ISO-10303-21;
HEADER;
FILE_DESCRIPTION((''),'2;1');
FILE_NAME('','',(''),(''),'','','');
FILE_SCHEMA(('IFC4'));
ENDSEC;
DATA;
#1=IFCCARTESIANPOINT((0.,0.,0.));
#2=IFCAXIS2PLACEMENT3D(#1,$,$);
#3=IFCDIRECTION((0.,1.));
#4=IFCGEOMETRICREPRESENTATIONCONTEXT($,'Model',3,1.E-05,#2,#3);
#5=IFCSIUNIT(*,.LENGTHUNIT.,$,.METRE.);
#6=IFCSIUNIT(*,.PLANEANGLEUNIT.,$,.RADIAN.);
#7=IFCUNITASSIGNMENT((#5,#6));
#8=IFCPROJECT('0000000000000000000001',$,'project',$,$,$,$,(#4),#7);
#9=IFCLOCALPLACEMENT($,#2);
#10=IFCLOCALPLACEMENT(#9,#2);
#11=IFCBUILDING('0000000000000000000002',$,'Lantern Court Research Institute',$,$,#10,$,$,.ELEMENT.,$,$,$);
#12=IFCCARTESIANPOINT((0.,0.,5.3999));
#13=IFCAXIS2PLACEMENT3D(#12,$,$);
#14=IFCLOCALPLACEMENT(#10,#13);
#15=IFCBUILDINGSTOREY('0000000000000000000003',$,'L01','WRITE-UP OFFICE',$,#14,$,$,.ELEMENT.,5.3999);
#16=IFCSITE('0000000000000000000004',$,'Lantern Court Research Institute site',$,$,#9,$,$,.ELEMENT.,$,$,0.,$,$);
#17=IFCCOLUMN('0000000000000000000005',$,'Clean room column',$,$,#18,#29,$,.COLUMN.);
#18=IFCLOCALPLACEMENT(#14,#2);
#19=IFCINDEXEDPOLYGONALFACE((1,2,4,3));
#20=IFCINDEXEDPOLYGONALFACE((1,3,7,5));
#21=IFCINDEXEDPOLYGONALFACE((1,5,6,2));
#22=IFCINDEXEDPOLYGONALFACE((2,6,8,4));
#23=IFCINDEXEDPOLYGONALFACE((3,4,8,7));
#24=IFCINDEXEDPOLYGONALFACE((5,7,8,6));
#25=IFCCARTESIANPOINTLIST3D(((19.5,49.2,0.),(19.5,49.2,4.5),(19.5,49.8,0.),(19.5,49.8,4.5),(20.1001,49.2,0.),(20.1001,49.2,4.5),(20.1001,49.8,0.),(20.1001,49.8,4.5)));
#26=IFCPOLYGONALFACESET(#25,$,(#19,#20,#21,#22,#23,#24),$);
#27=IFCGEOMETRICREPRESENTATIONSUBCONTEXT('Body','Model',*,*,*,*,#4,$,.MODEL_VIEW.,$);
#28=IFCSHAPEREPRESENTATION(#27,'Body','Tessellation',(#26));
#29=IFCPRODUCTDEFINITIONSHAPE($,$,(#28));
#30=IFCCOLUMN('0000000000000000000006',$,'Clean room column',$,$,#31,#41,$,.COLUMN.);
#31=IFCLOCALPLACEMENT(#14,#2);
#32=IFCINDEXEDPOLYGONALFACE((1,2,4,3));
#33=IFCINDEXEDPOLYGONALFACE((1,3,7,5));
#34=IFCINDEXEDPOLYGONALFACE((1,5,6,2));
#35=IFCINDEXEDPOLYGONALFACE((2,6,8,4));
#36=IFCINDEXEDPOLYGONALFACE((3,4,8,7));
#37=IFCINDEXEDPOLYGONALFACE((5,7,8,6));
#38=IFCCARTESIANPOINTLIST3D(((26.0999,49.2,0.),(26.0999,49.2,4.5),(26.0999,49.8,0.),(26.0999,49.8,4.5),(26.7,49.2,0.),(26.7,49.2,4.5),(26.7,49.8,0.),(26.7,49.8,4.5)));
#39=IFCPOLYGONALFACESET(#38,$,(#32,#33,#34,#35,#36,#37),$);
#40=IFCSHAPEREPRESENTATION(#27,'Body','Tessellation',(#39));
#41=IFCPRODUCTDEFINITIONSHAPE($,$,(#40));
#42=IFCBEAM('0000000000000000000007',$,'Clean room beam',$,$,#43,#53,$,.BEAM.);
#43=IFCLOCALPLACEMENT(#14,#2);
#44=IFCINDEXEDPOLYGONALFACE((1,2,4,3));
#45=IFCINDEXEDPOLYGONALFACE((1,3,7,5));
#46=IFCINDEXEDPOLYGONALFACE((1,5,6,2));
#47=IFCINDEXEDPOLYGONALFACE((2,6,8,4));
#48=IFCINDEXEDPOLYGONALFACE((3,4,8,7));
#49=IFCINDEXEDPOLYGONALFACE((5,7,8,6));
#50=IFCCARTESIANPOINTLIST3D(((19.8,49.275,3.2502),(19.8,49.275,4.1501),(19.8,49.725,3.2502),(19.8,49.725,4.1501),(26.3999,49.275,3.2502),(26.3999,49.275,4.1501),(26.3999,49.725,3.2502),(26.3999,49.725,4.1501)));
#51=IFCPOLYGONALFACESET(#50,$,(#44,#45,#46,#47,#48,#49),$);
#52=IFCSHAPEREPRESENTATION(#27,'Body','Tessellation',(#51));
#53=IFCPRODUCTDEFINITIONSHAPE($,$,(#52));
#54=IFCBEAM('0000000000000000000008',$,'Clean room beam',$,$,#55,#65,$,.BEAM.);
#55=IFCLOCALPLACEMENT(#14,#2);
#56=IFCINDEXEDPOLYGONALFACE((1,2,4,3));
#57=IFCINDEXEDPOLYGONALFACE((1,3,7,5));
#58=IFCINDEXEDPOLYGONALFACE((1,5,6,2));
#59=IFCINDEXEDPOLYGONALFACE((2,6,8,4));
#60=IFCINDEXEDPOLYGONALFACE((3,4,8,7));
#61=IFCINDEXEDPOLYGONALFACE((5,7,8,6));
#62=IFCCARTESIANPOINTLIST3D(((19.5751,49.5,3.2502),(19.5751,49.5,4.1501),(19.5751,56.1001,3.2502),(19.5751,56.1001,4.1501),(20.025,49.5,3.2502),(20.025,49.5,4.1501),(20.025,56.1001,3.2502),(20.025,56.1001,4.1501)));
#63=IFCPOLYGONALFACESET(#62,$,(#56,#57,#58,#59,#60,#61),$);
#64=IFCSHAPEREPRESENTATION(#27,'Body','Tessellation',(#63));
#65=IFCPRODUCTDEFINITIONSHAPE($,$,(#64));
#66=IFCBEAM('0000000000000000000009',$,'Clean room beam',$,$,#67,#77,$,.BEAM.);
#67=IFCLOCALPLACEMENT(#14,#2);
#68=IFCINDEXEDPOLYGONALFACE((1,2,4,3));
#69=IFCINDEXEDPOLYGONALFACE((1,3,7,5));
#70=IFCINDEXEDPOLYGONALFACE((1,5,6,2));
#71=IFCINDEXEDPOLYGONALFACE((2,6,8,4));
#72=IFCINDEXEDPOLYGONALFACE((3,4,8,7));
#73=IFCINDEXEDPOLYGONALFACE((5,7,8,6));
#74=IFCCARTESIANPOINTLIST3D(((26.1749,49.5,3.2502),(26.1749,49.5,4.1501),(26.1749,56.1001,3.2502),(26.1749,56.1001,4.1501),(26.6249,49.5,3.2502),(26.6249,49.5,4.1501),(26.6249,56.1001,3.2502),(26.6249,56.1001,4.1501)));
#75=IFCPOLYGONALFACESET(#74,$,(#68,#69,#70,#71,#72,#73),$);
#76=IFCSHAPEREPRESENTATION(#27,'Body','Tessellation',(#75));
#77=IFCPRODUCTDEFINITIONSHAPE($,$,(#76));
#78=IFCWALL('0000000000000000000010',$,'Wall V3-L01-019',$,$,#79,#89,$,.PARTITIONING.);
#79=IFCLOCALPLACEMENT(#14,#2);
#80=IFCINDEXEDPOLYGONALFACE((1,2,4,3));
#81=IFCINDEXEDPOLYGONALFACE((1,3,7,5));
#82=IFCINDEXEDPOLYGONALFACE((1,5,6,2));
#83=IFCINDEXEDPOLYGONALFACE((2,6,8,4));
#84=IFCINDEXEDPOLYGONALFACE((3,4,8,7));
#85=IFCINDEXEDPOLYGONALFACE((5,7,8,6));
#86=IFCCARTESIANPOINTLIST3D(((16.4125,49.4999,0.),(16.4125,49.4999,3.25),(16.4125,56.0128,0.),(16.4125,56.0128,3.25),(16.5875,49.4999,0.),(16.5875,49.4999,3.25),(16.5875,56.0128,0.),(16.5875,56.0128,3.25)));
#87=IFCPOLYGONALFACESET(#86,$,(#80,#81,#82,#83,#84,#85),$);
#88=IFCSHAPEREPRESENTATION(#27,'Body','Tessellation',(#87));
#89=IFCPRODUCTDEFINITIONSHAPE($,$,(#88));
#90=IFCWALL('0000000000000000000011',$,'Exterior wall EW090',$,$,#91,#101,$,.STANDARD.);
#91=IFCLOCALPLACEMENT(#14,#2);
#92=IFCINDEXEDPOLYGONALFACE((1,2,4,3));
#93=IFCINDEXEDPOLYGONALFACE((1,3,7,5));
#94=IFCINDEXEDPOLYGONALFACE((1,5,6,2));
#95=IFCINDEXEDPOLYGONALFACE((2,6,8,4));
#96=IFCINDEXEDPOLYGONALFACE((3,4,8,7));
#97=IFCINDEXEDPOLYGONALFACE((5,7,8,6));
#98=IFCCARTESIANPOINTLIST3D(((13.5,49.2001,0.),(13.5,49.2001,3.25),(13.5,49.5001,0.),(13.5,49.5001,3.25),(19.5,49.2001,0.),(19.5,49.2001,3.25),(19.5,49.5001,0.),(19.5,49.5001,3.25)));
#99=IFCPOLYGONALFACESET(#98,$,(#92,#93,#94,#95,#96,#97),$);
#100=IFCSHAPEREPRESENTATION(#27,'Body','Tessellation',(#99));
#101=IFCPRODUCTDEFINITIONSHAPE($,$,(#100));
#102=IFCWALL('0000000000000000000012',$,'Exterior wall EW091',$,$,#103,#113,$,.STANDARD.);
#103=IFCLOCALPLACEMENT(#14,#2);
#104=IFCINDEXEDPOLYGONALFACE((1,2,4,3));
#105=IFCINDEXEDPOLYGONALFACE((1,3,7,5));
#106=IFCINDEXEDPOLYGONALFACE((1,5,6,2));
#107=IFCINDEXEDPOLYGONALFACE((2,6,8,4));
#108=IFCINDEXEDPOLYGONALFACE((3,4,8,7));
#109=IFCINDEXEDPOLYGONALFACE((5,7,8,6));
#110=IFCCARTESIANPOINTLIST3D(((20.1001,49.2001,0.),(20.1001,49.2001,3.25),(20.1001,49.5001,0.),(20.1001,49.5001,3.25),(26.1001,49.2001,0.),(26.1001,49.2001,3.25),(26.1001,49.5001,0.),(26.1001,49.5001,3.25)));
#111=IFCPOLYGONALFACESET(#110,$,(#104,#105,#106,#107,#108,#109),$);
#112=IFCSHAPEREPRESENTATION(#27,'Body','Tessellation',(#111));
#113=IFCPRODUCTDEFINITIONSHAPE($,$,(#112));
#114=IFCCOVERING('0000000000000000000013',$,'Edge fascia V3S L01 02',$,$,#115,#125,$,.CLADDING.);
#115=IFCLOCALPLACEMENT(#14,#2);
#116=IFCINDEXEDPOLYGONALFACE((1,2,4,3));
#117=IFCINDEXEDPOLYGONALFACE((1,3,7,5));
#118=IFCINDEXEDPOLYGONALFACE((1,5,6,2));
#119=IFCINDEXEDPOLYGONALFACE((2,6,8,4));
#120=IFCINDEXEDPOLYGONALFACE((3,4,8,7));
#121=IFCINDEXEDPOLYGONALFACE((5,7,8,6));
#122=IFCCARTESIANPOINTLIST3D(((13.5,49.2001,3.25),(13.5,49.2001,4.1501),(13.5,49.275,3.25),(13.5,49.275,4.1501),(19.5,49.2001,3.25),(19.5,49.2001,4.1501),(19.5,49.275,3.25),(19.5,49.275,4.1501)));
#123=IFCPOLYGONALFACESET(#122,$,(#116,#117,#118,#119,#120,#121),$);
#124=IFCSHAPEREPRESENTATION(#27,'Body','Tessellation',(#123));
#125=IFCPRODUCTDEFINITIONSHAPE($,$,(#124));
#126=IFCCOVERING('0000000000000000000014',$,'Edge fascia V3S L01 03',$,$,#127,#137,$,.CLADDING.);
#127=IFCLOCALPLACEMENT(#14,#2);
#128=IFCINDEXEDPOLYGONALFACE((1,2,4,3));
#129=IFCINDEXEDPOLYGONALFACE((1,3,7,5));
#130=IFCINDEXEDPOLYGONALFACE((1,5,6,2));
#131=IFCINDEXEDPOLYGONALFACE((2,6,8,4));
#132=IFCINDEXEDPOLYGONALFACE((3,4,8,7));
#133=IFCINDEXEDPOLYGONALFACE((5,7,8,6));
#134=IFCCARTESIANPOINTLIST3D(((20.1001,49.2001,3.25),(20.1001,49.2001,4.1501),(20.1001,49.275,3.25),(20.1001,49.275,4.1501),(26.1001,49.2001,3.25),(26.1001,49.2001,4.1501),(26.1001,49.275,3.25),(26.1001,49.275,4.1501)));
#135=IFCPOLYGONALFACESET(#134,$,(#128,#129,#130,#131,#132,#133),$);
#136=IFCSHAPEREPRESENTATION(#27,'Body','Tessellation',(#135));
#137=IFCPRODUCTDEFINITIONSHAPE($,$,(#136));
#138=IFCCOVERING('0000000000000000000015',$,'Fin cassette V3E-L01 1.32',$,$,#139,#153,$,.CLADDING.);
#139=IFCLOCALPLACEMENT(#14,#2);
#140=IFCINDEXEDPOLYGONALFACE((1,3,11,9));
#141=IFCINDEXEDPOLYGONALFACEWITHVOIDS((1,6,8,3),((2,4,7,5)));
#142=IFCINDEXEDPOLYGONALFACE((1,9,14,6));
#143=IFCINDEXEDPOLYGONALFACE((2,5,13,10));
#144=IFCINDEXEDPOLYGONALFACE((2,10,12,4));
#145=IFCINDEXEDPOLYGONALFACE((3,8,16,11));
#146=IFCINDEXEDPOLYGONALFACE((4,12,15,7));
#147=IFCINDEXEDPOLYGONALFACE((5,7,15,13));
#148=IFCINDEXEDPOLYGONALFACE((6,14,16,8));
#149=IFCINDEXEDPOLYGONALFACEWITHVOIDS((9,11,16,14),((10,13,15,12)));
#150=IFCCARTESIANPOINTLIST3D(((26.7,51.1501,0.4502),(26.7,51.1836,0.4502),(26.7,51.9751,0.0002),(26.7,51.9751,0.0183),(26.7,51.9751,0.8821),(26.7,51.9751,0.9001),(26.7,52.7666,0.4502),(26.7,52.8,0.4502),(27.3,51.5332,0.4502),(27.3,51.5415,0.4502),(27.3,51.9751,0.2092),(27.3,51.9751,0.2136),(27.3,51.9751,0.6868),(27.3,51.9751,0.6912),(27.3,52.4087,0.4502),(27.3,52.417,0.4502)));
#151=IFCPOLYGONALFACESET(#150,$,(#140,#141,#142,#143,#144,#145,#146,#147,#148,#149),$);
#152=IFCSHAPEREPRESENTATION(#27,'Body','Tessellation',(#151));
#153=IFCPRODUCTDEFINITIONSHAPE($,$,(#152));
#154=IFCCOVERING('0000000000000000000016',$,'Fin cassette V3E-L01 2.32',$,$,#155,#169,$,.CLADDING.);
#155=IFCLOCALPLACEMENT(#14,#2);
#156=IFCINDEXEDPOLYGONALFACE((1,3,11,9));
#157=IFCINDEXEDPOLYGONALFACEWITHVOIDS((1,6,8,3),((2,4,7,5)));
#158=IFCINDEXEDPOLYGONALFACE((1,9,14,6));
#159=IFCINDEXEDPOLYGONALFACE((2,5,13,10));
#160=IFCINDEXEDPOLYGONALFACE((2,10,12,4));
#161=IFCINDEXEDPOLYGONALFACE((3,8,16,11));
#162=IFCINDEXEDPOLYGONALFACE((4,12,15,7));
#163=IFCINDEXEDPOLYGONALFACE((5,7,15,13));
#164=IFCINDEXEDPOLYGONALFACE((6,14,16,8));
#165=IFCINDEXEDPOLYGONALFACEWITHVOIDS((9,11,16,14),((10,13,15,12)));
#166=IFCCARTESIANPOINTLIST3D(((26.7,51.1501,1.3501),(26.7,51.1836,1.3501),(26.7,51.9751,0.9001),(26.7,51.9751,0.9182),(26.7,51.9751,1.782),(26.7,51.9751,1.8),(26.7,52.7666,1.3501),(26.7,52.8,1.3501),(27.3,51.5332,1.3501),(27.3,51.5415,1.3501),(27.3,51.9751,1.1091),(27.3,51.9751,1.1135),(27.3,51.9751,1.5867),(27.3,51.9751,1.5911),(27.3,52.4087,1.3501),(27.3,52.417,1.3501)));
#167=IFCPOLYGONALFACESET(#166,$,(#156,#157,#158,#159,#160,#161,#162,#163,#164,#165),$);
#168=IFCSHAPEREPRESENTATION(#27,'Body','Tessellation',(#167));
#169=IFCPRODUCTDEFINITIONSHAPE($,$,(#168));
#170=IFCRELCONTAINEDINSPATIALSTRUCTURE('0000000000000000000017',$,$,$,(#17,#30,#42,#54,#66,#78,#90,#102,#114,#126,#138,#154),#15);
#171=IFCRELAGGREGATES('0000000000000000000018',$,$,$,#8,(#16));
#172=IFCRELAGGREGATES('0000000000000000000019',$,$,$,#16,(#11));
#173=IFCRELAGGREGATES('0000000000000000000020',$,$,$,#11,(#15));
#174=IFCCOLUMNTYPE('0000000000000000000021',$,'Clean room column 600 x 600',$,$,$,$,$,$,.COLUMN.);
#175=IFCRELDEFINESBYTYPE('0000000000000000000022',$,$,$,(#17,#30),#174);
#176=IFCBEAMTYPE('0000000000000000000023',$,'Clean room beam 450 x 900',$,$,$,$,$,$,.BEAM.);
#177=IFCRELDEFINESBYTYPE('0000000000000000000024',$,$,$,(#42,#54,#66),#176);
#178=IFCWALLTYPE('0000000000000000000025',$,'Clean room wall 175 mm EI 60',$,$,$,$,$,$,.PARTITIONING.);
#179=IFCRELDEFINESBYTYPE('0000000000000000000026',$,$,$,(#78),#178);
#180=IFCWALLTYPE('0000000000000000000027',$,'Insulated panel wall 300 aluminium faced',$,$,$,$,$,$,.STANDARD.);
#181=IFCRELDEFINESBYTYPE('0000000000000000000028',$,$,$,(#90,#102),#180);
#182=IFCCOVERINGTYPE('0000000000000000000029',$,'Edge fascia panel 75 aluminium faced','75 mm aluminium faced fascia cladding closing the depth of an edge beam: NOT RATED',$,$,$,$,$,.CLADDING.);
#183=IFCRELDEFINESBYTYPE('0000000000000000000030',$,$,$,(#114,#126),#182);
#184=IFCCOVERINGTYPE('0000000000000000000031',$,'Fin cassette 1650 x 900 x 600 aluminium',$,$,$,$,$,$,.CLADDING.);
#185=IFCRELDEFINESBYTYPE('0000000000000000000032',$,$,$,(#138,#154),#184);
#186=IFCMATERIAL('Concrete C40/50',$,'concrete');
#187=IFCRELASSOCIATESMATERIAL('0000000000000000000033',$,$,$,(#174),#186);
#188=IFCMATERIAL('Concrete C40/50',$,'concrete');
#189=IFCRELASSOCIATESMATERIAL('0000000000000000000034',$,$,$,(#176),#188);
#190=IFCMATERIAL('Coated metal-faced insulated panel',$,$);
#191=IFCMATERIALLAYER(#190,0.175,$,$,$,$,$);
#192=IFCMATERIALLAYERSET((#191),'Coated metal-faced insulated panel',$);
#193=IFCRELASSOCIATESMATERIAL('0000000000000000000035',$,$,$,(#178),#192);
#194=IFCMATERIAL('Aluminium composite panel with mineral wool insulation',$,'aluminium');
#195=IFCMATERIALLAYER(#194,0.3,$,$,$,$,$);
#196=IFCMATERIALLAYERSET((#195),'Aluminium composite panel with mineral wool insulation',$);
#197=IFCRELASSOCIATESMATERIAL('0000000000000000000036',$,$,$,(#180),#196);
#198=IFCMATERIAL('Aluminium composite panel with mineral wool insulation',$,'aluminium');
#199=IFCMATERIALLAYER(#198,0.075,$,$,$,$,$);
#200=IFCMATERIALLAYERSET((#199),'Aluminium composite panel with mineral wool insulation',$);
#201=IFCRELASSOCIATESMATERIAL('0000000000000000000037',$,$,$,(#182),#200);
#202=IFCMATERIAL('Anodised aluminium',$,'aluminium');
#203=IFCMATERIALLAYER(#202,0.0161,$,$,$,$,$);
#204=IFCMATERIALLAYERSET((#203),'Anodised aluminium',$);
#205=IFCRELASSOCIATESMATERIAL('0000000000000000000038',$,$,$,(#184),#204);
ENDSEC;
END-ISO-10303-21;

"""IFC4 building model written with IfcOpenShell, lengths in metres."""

from ifc_helpers import new_model, entity, si_unit, direction, frame, frame_2d, origin, origin_2d, place, context, subcontext, project, spatial, rectangle, extrude, material, layer, layer_set, material_profile, profile_set, type_object, element, save


model = new_model("IFC4")

# Units and contexts
model_context = context("Model", 3, precision=1e-05, world=origin(), true_north=direction((0.0, 1.0)))
body_context = subcontext(model_context, "Body", "Model", "MODEL_VIEW")
ifc_project = project(units=[si_unit("LENGTHUNIT", "METRE"), si_unit("PLANEANGLEUNIT", "RADIAN")], contexts=[model_context])

# Site, building, storey
site_placement = place(None, origin())
site = spatial("IfcSite", under=ifc_project, at=site_placement, Name="Lantern Court Research Institute site", CompositionType="ELEMENT", RefElevation=0.0)
building_placement = place(site_placement, origin())
building = spatial("IfcBuilding", under=site, at=building_placement, Name="Lantern Court Research Institute", CompositionType="ELEMENT")
storey_placement = place(building_placement, frame((0.0, 0.0, 5.3999)))
storey = spatial("IfcBuildingStorey", under=building, at=storey_placement, Name="L01", Description="WRITE-UP OFFICE", CompositionType="ELEMENT", Elevation=5.3999)

# Columns
ifc_material_1 = material(Name="Concrete C40/50", Category="concrete")
ifc_material_profile_1 = material_profile(ifc_material_1, rectangle(XDim=0.6001, YDim=0.6001, at=origin_2d()), Name="Clean room column 600 x 600")
ifc_profile_set_1 = profile_set([ifc_material_profile_1], Name="Concrete C40/50")
column_type = type_object("IfcColumnType", Name="Clean room column 600 x 600", PredefinedType="COLUMN", material=ifc_profile_set_1)
for number, where, z_axis, x_axis, name in (
    (1, (19.8, 49.5, 0.0), (0.0, 0.0, 1.0), (1.0, 0.0, 0.0), "Clean room column"),
    (2, (26.3999, 49.5, 0.0), (0.0, 0.0, 1.0), (1.0, 0.0, 0.0), "Clean room column"),
):
    element("IfcColumn", number, at=place(storey_placement, frame(where, z_axis=z_axis, x_axis=x_axis)), inside=storey, type_object=column_type, Name=name, PredefinedType="COLUMN", context=body_context, shape_type="SweptSolid", body=[
        extrude(rectangle(XDim=0.6001, YDim=0.6001, at=origin_2d()), origin(), (0.0, 0.0, 1.0), 4.5),
    ])

# Beams
ifc_material_2 = material(Name="Concrete C40/50", Category="concrete")
ifc_material_profile_2 = material_profile(ifc_material_2, rectangle(XDim=0.45, YDim=0.8999, at=origin_2d()), Name="Clean room beam 450 x 900")
ifc_profile_set_2 = profile_set([ifc_material_profile_2], Name="Concrete C40/50")
beam_type = type_object("IfcBeamType", Name="Clean room beam 450 x 900", PredefinedType="BEAM", material=ifc_profile_set_2)
beam_placement = place(storey_placement, frame((19.8, 49.5, 3.7002), z_axis=(1.0, 0.0, 0.0), x_axis=(0.0, 1.0, 0.0)))
element("IfcBeam", 3, at=beam_placement, inside=storey, type_object=beam_type, Name="Clean room beam", PredefinedType="BEAM", context=body_context, shape_type="SweptSolid", body=[
    extrude(rectangle(XDim=0.45, YDim=0.8999, at=origin_2d()), origin(), (0.0, 0.0, 1.0), 6.5999),
])
for number, where, z_axis, x_axis, name in (
    (4, (19.8, 49.5, 3.7002), (0.0, 1.0, 0.0), (-1.0, 0.0, 0.0), "Clean room beam"),
    (5, (26.3999, 49.5, 3.7002), (0.0, 1.0, 0.0), (-1.0, 0.0, 0.0), "Clean room beam"),
):
    element("IfcBeam", number, at=place(storey_placement, frame(where, z_axis=z_axis, x_axis=x_axis)), inside=storey, type_object=beam_type, Name=name, PredefinedType="BEAM", context=body_context, shape_type="SweptSolid", body=[
        extrude(rectangle(XDim=0.45, YDim=0.8999, at=origin_2d()), origin(), (0.0, 0.0, 1.0), 6.6001),
    ])

# Walls
ifc_material_3 = material(Name="Coated metal-faced insulated panel")
ifc_layer_1 = layer(ifc_material_3, 0.175)
ifc_layer_set_1 = layer_set([ifc_layer_1], Name="Coated metal-faced insulated panel")
wall_type_1 = type_object("IfcWallType", Name="Clean room wall 175 mm EI 60", PredefinedType="PARTITIONING", material=ifc_layer_set_1)
wall_placement = place(storey_placement, frame((16.5, 49.5, 0.0), z_axis=(0.0, 0.0, 1.0), x_axis=(0.0, 1.0, 0.0)))
element("IfcWall", 6, at=wall_placement, inside=storey, type_object=wall_type_1, Name="Wall V3-L01-019", PredefinedType="PARTITIONING", context=body_context, shape_type="SweptSolid", body=[
    extrude(rectangle(XDim=6.5129, YDim=0.175, at=frame_2d((3.2563, 0.0))), origin(), (0.0, 0.0, 1.0), 3.25),
])
ifc_material_4 = material(Name="Aluminium composite panel with mineral wool insulation", Category="aluminium")
ifc_layer_2 = layer(ifc_material_4, 0.3)
ifc_layer_set_2 = layer_set([ifc_layer_2], Name="Aluminium composite panel with mineral wool insulation")
wall_type_2 = type_object("IfcWallType", Name="Insulated panel wall 300 aluminium faced", PredefinedType="STANDARD", material=ifc_layer_set_2)
for number, where, z_axis, x_axis, name in (
    (7, (19.5, 49.3501, 0.0), (0.0, 0.0, 1.0), (-1.0, 0.0, 0.0), "Exterior wall EW090"),
    (8, (26.1001, 49.3501, 0.0), (0.0, 0.0, 1.0), (-1.0, 0.0, 0.0), "Exterior wall EW091"),
):
    element("IfcWall", number, at=place(storey_placement, frame(where, z_axis=z_axis, x_axis=x_axis)), inside=storey, type_object=wall_type_2, Name=name, PredefinedType="STANDARD", context=body_context, shape_type="SweptSolid", body=[
        extrude(rectangle(XDim=6.0, YDim=0.3, at=frame_2d((3.0, 0.0))), origin(), (0.0, 0.0, 1.0), 3.25),
    ])

# Coverings
ifc_material_5 = material(Name="Aluminium composite panel with mineral wool insulation", Category="aluminium")
ifc_layer_3 = layer(ifc_material_5, 0.075)
ifc_layer_set_3 = layer_set([ifc_layer_3], Name="Aluminium composite panel with mineral wool insulation")
covering_type_1 = type_object("IfcCoveringType", Name="Edge fascia panel 75 aluminium faced", Description="75 mm aluminium faced fascia cladding closing the depth of an edge beam: NOT RATED", PredefinedType="CLADDING", material=ifc_layer_set_3)
for number, where, z_axis, x_axis, name in (
    (9, (19.5, 49.2375, 3.25), (0.0, 0.0, 1.0), (-1.0, 0.0, 0.0), "Edge fascia V3S L01 02"),
    (10, (26.1001, 49.2375, 3.25), (0.0, 0.0, 1.0), (-1.0, 0.0, 0.0), "Edge fascia V3S L01 03"),
):
    element("IfcCovering", number, at=place(storey_placement, frame(where, z_axis=z_axis, x_axis=x_axis)), inside=storey, type_object=covering_type_1, Name=name, PredefinedType="CLADDING", context=body_context, shape_type="SweptSolid", body=[
        extrude(rectangle(XDim=6.0, YDim=0.075, at=frame_2d((3.0, 0.0))), origin(), (0.0, 0.0, 1.0), 0.9001),
    ])
ifc_material_6 = material(Name="Anodised aluminium", Category="aluminium")
ifc_layer_4 = layer(ifc_material_6, 0.0161)
ifc_layer_set_4 = layer_set([ifc_layer_4], Name="Anodised aluminium")
covering_type_2 = type_object("IfcCoveringType", Name="Fin cassette 1650 x 900 x 600 aluminium", PredefinedType="CLADDING", material=ifc_layer_set_4)
covering_1_placement = place(storey_placement, frame((26.7, 51.9751, 0.4502), z_axis=(1.0, 0.0, 0.0), x_axis=(0.0, 1.0, 0.0)))
cartesian_point_1 = entity("IfcCartesianPoint", [0.825, 0.0])
cartesian_point_2 = entity("IfcCartesianPoint", [0.7915, 0.0])
cartesian_point_3 = entity("IfcCartesianPoint", [0.4419, 0.0])
cartesian_point_4 = entity("IfcCartesianPoint", [0.4336, 0.0])
element("IfcCovering", 11, at=covering_1_placement, inside=storey, type_object=covering_type_2, Name="Fin cassette V3E-L01 1.32", PredefinedType="CLADDING", context=body_context, shape_type="SweptSolid", body=[
    entity("IfcExtrudedAreaSolidTapered", entity("IfcArbitraryProfileDefWithVoids", "AREA", None, entity("IfcPolyline", [cartesian_point_1, entity("IfcCartesianPoint", [0.0, 0.45]), entity("IfcCartesianPoint", [-0.825, 0.0]), entity("IfcCartesianPoint", [0.0, -0.45]), cartesian_point_1]), [entity("IfcPolyline", [cartesian_point_2, entity("IfcCartesianPoint", [0.0, 0.4319]), entity("IfcCartesianPoint", [-0.7915, 0.0]), entity("IfcCartesianPoint", [0.0, -0.4319]), cartesian_point_2])]), entity("IfcAxis2Placement3D", entity("IfcCartesianPoint", [0.0, 0.0, 0.0])), entity("IfcDirection", [0.0, 0.0, 1.0]), 0.6001, entity("IfcArbitraryProfileDefWithVoids", "AREA", None, entity("IfcPolyline", [cartesian_point_3, entity("IfcCartesianPoint", [0.0, 0.241]), entity("IfcCartesianPoint", [-0.4419, 0.0]), entity("IfcCartesianPoint", [0.0, -0.241]), cartesian_point_3]), [entity("IfcPolyline", [cartesian_point_4, entity("IfcCartesianPoint", [0.0, 0.2366]), entity("IfcCartesianPoint", [-0.4336, 0.0]), entity("IfcCartesianPoint", [0.0, -0.2366]), cartesian_point_4])])),
])
covering_2_placement = place(storey_placement, frame((26.7, 51.9751, 1.3501), z_axis=(1.0, 0.0, 0.0), x_axis=(0.0, 1.0, 0.0)))
cartesian_point_5 = entity("IfcCartesianPoint", [0.825, 0.0])
cartesian_point_6 = entity("IfcCartesianPoint", [0.7915, 0.0])
cartesian_point_7 = entity("IfcCartesianPoint", [0.4419, 0.0])
cartesian_point_8 = entity("IfcCartesianPoint", [0.4336, 0.0])
element("IfcCovering", 12, at=covering_2_placement, inside=storey, type_object=covering_type_2, Name="Fin cassette V3E-L01 2.32", PredefinedType="CLADDING", context=body_context, shape_type="SweptSolid", body=[
    entity("IfcExtrudedAreaSolidTapered", entity("IfcArbitraryProfileDefWithVoids", "AREA", None, entity("IfcPolyline", [cartesian_point_5, entity("IfcCartesianPoint", [0.0, 0.45]), entity("IfcCartesianPoint", [-0.825, 0.0]), entity("IfcCartesianPoint", [0.0, -0.45]), cartesian_point_5]), [entity("IfcPolyline", [cartesian_point_6, entity("IfcCartesianPoint", [0.0, 0.4319]), entity("IfcCartesianPoint", [-0.7915, 0.0]), entity("IfcCartesianPoint", [0.0, -0.4319]), cartesian_point_6])]), entity("IfcAxis2Placement3D", entity("IfcCartesianPoint", [0.0, 0.0, 0.0])), entity("IfcDirection", [0.0, 0.0, 1.0]), 0.6001, entity("IfcArbitraryProfileDefWithVoids", "AREA", None, entity("IfcPolyline", [cartesian_point_7, entity("IfcCartesianPoint", [0.0, 0.241]), entity("IfcCartesianPoint", [-0.4419, 0.0]), entity("IfcCartesianPoint", [0.0, -0.241]), cartesian_point_7]), [entity("IfcPolyline", [cartesian_point_8, entity("IfcCartesianPoint", [0.0, 0.2366]), entity("IfcCartesianPoint", [-0.4336, 0.0]), entity("IfcCartesianPoint", [0.0, -0.2366]), cartesian_point_8])])),
])

save(model, "model.ifc")
